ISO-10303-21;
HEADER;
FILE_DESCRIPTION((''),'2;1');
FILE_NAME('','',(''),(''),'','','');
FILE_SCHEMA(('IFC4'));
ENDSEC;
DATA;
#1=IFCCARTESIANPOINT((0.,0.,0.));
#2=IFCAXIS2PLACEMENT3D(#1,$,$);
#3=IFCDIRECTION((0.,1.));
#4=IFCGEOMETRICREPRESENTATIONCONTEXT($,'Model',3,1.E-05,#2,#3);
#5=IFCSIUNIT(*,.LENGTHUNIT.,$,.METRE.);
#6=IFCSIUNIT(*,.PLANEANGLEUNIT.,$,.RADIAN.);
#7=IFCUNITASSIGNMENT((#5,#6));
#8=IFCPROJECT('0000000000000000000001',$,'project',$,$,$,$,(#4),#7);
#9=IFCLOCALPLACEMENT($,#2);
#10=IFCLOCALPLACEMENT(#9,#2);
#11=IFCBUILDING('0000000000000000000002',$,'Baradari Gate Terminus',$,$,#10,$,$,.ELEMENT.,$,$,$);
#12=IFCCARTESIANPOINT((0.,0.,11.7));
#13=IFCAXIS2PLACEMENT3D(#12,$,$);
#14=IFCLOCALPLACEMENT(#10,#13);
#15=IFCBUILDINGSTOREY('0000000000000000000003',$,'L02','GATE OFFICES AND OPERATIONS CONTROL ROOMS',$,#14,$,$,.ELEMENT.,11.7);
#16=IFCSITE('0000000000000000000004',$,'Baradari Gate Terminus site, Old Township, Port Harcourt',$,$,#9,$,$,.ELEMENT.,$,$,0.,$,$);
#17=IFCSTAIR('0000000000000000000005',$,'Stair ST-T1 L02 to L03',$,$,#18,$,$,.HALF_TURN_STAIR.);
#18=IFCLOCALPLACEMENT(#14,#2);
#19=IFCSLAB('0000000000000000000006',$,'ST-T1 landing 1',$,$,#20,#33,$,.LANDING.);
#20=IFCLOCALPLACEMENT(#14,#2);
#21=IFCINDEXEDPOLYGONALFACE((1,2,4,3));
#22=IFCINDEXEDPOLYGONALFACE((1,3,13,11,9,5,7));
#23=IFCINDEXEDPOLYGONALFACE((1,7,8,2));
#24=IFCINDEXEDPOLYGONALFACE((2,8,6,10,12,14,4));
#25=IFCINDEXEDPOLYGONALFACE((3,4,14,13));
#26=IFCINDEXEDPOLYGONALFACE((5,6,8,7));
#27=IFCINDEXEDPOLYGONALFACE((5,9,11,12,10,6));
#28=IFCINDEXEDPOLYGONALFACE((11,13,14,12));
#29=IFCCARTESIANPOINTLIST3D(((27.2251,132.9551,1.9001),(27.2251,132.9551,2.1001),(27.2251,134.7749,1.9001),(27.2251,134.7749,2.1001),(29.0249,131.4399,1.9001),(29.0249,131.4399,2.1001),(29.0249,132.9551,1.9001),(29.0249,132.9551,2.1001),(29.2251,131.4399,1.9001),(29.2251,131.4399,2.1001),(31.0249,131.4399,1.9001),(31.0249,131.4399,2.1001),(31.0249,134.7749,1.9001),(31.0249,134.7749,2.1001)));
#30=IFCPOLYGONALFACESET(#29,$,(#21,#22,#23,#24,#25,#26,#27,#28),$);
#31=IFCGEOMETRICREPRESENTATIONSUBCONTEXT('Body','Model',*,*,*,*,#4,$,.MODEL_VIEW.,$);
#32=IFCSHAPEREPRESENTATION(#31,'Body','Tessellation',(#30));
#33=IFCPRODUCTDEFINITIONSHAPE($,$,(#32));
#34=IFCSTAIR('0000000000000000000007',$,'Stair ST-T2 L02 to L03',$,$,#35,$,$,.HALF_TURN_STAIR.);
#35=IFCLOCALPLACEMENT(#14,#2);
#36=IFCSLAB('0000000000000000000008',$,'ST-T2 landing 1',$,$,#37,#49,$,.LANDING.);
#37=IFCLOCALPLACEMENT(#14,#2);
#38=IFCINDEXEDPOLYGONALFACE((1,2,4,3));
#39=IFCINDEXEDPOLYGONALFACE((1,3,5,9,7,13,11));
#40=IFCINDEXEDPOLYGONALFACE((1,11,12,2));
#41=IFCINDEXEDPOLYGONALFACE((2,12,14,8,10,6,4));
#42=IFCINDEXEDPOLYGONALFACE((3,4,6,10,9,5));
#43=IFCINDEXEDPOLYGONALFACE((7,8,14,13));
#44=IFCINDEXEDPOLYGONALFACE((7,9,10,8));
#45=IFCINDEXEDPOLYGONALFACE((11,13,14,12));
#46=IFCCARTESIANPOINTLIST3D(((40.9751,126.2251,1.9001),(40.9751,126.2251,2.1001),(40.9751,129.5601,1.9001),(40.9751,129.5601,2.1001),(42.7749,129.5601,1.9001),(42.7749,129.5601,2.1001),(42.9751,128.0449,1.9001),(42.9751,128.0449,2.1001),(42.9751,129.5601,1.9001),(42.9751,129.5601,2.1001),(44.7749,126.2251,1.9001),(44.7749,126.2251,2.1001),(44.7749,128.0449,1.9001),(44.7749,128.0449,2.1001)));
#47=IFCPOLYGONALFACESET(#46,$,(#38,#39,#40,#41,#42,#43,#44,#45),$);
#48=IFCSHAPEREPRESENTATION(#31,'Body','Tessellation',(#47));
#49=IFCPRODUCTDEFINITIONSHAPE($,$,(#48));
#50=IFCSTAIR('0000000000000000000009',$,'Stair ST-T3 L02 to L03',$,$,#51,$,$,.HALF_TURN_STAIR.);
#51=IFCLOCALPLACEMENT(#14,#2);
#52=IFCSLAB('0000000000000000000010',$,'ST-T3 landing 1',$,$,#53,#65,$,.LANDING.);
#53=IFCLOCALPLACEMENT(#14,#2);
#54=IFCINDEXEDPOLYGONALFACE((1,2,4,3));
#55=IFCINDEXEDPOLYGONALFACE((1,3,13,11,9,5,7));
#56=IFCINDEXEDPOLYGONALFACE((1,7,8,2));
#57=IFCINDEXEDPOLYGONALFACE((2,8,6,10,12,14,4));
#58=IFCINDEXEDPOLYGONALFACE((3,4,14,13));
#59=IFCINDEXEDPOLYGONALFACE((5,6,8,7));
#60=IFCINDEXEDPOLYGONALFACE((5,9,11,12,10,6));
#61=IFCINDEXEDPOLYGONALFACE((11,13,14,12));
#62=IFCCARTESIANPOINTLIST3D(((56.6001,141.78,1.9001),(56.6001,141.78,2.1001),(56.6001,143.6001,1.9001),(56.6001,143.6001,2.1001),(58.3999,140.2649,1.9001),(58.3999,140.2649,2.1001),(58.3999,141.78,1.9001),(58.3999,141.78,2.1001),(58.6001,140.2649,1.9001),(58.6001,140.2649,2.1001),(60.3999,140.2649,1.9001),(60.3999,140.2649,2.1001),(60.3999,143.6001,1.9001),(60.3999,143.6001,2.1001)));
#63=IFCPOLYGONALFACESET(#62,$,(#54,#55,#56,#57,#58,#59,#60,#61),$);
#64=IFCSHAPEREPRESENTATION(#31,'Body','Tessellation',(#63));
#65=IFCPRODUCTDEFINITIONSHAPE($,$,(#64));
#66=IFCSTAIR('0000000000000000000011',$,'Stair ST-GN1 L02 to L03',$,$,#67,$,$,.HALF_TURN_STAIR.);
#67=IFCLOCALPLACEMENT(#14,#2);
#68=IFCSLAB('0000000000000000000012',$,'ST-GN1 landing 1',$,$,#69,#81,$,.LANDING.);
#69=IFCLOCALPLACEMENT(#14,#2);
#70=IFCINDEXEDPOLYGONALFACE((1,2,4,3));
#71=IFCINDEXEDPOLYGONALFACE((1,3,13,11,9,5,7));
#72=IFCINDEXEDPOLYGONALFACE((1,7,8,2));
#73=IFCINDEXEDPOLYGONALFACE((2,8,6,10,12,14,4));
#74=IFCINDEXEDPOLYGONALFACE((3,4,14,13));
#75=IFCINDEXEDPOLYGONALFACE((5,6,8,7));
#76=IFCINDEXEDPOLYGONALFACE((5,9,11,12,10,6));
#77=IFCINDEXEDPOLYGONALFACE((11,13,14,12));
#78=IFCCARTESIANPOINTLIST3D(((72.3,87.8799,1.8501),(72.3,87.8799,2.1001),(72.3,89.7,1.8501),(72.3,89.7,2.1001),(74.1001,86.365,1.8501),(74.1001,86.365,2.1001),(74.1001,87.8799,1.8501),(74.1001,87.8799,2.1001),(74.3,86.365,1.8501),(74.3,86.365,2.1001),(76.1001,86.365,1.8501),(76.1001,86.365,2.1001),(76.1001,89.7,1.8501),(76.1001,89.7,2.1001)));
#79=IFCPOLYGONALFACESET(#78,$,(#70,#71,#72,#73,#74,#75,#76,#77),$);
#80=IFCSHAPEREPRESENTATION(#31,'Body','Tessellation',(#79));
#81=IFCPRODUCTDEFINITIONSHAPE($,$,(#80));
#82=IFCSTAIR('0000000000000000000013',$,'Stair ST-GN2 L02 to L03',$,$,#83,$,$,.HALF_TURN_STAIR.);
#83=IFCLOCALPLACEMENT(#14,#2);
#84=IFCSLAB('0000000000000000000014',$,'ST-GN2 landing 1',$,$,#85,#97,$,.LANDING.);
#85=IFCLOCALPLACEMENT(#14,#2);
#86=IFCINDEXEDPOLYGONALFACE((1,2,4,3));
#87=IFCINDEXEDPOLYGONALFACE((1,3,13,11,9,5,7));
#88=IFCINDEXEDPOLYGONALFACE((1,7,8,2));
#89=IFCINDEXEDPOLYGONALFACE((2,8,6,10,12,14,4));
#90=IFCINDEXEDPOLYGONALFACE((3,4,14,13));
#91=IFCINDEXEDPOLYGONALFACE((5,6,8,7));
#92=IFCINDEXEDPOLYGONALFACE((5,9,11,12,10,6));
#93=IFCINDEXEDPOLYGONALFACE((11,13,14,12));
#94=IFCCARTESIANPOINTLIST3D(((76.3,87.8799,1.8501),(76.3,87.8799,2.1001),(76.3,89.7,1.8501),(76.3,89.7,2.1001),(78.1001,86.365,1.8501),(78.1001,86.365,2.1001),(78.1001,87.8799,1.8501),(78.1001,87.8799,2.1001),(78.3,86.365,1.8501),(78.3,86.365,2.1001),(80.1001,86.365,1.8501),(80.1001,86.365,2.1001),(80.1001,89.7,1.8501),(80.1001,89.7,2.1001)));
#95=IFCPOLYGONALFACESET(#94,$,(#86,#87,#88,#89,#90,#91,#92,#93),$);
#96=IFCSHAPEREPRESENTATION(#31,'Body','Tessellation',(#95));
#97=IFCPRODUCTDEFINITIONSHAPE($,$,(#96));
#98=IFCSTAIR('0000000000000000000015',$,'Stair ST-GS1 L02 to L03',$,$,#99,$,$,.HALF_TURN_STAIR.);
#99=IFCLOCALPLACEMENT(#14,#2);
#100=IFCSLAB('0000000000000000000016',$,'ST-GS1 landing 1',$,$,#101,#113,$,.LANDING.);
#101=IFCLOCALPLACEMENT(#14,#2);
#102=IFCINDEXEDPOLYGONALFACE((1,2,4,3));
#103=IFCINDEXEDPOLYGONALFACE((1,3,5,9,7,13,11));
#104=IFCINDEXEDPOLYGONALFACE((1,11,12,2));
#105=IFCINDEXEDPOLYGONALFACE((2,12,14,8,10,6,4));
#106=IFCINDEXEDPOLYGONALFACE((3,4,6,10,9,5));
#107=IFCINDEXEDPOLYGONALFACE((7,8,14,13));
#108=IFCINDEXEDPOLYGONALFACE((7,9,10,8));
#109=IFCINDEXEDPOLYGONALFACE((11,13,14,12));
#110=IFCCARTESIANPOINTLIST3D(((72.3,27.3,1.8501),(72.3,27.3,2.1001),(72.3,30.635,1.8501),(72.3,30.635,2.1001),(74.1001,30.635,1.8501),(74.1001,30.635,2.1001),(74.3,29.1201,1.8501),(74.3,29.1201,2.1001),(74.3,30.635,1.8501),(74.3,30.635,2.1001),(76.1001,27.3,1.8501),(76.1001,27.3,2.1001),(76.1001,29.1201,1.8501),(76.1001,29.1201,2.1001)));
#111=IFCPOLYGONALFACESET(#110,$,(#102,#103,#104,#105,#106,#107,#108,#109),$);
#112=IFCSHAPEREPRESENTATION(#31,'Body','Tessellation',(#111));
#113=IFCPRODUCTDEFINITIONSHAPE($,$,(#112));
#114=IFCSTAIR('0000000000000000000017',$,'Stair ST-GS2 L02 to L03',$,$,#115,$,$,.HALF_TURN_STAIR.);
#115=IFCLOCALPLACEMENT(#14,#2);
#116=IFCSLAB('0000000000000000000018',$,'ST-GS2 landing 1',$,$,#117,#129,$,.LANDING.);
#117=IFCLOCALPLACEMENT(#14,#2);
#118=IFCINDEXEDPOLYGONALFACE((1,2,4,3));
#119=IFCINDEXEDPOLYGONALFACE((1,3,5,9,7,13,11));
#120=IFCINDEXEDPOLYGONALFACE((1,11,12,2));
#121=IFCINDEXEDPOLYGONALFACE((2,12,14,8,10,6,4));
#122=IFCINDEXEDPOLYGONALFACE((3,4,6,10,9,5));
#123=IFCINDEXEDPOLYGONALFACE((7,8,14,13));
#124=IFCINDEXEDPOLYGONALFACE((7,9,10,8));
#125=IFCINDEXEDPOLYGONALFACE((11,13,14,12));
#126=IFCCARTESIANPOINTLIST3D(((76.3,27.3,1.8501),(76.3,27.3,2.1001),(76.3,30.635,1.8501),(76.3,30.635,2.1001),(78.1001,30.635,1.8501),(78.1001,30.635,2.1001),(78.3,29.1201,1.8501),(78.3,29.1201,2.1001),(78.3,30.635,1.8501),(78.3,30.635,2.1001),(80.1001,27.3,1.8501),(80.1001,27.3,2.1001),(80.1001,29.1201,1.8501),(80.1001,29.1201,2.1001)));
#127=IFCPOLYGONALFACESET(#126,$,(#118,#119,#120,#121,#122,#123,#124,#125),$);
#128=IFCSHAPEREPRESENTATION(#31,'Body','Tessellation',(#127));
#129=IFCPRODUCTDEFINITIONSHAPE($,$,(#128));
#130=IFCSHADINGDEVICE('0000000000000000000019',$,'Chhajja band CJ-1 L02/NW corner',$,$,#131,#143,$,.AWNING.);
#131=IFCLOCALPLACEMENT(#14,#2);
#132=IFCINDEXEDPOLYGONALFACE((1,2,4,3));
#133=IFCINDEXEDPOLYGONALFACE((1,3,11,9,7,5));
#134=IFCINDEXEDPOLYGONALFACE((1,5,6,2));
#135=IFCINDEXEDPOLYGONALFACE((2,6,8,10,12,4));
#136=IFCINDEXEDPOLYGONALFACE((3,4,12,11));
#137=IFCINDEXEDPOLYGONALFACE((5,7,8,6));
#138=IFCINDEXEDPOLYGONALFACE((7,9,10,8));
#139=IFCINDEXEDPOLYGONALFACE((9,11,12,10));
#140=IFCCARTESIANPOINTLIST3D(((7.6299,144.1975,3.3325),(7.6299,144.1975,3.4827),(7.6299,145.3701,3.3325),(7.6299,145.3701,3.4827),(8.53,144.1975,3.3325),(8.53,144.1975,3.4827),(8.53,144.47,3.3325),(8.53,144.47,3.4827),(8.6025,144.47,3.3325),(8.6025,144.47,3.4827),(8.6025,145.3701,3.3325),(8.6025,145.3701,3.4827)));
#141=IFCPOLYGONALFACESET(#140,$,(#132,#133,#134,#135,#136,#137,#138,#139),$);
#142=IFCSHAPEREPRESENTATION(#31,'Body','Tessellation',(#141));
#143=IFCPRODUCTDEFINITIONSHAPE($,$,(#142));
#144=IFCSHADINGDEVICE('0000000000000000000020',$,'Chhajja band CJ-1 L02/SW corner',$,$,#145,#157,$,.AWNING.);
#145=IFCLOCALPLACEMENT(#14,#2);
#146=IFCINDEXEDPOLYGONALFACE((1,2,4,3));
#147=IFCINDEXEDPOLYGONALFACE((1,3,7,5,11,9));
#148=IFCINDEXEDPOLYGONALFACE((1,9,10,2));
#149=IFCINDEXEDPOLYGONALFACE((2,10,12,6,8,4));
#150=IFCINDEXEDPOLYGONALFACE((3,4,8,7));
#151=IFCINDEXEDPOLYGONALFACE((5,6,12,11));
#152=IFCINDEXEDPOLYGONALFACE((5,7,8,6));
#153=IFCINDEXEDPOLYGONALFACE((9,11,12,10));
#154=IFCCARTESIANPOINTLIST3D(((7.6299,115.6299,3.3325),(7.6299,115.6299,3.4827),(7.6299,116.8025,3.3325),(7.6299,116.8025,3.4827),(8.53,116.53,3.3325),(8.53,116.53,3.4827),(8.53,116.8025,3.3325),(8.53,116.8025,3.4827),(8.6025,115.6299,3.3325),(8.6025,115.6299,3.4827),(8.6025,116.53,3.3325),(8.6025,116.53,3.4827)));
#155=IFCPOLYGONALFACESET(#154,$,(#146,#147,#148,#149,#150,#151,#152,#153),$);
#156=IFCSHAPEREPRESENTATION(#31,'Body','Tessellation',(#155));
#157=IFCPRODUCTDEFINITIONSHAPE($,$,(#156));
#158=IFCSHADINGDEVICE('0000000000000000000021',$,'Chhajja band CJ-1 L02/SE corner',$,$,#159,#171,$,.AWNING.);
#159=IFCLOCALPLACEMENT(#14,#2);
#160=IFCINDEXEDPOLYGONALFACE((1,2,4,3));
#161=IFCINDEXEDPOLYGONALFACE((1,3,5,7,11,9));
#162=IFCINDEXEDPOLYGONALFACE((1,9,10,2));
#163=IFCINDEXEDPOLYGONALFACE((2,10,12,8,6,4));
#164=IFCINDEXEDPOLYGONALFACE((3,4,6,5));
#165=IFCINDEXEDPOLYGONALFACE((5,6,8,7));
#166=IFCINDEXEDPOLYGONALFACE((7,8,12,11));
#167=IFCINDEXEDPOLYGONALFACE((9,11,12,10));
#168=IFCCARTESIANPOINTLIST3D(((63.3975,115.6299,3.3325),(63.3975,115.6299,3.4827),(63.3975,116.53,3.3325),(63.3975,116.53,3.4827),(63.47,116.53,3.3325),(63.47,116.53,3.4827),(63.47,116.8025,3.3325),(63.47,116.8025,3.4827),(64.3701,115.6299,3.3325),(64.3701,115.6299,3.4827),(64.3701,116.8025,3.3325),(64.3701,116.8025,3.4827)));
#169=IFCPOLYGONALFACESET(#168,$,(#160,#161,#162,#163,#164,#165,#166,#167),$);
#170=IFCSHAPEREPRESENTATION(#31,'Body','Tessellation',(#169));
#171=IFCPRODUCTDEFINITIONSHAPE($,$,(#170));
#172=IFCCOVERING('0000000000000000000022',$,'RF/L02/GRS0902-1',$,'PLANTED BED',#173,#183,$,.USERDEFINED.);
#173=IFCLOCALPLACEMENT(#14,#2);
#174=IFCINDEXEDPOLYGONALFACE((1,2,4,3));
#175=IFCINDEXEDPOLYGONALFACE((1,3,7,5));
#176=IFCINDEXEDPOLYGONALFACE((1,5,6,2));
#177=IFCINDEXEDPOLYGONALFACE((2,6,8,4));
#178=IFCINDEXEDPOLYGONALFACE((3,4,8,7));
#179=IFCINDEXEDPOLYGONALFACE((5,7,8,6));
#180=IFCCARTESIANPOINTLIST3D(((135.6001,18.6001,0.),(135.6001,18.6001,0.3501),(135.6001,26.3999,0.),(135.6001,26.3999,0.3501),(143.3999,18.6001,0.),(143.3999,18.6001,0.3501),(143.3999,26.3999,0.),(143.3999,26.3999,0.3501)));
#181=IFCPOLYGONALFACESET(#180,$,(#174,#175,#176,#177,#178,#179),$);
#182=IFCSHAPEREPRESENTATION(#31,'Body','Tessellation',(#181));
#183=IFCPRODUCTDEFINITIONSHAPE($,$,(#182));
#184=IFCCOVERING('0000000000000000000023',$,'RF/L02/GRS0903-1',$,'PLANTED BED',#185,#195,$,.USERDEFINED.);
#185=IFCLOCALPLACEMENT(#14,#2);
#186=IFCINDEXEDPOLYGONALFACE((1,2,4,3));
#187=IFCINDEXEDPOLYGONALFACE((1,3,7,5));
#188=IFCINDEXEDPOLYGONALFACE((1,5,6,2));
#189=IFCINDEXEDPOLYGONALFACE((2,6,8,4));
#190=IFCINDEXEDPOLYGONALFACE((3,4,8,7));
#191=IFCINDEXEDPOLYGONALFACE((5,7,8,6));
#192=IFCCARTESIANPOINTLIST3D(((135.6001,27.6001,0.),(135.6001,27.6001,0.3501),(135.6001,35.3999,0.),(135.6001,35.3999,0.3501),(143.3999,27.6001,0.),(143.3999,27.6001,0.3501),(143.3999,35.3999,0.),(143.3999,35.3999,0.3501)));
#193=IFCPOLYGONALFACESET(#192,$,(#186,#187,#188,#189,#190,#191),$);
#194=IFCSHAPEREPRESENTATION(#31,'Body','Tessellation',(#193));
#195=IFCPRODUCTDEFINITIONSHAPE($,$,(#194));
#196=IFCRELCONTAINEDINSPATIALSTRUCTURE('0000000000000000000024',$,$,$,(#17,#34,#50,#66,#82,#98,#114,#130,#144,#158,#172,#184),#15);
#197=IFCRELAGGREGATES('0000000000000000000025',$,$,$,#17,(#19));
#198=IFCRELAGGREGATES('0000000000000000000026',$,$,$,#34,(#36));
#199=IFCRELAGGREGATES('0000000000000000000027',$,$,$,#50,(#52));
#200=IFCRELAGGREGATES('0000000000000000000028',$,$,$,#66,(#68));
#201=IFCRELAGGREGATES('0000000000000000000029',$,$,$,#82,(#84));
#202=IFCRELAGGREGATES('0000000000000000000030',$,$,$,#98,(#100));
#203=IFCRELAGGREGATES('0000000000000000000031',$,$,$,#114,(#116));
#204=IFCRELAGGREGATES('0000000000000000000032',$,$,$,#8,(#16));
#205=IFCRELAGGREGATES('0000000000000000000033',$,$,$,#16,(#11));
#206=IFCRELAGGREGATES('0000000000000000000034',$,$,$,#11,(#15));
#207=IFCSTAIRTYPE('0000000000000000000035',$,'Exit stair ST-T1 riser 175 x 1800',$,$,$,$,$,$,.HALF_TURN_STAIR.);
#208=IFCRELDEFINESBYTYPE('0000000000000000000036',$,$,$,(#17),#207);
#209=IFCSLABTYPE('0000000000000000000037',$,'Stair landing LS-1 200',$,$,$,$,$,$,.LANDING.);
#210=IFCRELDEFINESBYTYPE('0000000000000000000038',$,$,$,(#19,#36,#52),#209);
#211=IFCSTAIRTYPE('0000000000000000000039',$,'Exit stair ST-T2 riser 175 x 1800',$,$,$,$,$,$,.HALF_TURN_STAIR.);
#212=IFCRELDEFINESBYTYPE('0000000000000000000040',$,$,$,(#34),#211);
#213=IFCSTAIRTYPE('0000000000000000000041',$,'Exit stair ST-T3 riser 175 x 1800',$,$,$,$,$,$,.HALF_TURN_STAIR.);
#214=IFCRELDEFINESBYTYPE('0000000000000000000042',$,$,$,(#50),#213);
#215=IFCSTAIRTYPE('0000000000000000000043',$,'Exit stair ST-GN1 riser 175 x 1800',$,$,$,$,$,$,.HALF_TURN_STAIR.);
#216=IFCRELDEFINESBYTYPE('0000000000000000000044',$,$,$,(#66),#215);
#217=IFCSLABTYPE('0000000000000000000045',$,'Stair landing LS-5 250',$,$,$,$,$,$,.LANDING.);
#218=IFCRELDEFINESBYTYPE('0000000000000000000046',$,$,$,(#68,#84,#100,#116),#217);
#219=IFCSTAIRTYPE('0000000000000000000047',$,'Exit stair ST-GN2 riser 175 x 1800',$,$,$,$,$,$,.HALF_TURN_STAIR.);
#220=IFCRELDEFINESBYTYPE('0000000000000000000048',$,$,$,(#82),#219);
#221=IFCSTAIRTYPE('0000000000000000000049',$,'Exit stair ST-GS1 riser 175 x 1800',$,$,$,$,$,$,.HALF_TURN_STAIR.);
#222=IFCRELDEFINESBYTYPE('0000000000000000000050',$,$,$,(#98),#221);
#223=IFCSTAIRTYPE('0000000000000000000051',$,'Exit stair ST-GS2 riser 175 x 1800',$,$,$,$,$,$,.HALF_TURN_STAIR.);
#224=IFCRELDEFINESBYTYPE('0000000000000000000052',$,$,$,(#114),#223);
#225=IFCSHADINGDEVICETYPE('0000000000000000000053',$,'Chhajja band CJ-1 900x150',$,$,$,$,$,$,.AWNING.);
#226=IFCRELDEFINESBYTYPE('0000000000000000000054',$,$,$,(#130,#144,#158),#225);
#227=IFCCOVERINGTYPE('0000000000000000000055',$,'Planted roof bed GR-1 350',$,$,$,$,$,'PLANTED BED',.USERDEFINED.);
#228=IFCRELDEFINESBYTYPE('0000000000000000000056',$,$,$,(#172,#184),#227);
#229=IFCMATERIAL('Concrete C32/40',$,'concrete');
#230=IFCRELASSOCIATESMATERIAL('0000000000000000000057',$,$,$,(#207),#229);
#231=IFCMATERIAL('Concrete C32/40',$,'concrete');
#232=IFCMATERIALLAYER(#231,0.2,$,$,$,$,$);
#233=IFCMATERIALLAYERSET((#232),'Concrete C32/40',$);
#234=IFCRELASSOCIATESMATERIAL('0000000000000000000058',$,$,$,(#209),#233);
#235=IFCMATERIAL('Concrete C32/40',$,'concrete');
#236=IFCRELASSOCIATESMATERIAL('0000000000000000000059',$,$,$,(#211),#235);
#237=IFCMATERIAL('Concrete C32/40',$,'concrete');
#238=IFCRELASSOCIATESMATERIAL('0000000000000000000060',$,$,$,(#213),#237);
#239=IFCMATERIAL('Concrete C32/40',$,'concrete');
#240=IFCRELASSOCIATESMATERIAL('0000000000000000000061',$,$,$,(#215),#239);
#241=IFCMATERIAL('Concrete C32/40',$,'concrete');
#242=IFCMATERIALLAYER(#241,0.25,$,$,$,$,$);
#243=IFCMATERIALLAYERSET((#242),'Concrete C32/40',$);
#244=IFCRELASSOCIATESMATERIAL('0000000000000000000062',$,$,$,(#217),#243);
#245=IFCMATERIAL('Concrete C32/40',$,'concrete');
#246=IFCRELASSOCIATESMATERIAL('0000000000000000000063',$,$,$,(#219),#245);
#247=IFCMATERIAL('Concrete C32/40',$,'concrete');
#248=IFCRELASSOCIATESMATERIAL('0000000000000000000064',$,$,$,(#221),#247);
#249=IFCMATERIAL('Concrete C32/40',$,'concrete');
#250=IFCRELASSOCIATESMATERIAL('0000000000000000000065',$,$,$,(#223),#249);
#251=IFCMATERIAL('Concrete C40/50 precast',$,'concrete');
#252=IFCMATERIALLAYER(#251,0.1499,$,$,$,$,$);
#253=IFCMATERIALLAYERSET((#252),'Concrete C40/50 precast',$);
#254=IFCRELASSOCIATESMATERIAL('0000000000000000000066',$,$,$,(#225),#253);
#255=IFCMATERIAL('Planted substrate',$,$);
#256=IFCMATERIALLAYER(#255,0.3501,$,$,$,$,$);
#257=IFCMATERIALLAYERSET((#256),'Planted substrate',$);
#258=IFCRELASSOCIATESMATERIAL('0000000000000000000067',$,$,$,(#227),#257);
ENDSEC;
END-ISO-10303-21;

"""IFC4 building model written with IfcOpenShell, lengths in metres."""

from ifc_helpers import new_model, si_unit, direction, frame, origin, place, context, subcontext, project, spatial, polyline, outline, extrude, material, layer, layer_set, type_object, element, aggregate, save


model = new_model("IFC4")

# Units and contexts
model_context = context("Model", 3, precision=1e-05, world=origin(), true_north=direction((0.0, 1.0)))
body_context = subcontext(model_context, "Body", "Model", "MODEL_VIEW")
ifc_project = project(units=[si_unit("LENGTHUNIT", "METRE"), si_unit("PLANEANGLEUNIT", "RADIAN")], contexts=[model_context])

# Site, building, storey
site_placement = place(None, origin())
site = spatial("IfcSite", under=ifc_project, at=site_placement, Name="Baradari Gate Terminus site, Old Township, Port Harcourt", CompositionType="ELEMENT", RefElevation=0.0)
building_placement = place(site_placement, origin())
building = spatial("IfcBuilding", under=site, at=building_placement, Name="Baradari Gate Terminus", CompositionType="ELEMENT")
storey_placement = place(building_placement, frame((0.0, 0.0, 11.7)))
storey = spatial("IfcBuildingStorey", under=building, at=storey_placement, Name="L02", Description="GATE OFFICES AND OPERATIONS CONTROL ROOMS", CompositionType="ELEMENT", Elevation=11.7)

# Stairs, slabs
ifc_material_1 = material(Name="Concrete C32/40", Category="concrete")
stair_type_1 = type_object("IfcStairType", Name="Exit stair ST-T1 riser 175 x 1800", PredefinedType="HALF_TURN_STAIR", material=ifc_material_1)
stair_1_placement = place(storey_placement, origin())
stair_1 = element("IfcStair", 1, at=stair_1_placement, inside=storey, type_object=stair_type_1, Name="Stair ST-T1 L02 to L03", PredefinedType="HALF_TURN_STAIR")
ifc_material_2 = material(Name="Concrete C32/40", Category="concrete")
ifc_layer_1 = layer(ifc_material_2, 0.2)
ifc_layer_set_1 = layer_set([ifc_layer_1], Name="Concrete C32/40")
slab_type_1 = type_object("IfcSlabType", Name="Stair landing LS-1 200", PredefinedType="LANDING", material=ifc_layer_set_1)
slab_1_placement = place(storey_placement, frame((0.0, 0.0, 1.9001)))
slab_1 = element("IfcSlab", 2, at=slab_1_placement, type_object=slab_type_1, Name="ST-T1 landing 1", PredefinedType="LANDING", context=body_context, shape_type="SweptSolid", body=[
    extrude(outline(polyline([(27.2251, 134.7749), (27.2251, 132.9551), (29.0249, 132.9551), (29.0249, 131.4399), (29.2251, 131.4399), (31.0249, 131.4399), (31.0249, 134.7749), (27.2251, 134.7749)])), origin(), (0.0, 0.0, 1.0), 0.2),
])
aggregate(stair_1, [slab_1])
ifc_material_3 = material(Name="Concrete C32/40", Category="concrete")
stair_type_2 = type_object("IfcStairType", Name="Exit stair ST-T2 riser 175 x 1800", PredefinedType="HALF_TURN_STAIR", material=ifc_material_3)
stair_2_placement = place(storey_placement, origin())
stair_2 = element("IfcStair", 3, at=stair_2_placement, inside=storey, type_object=stair_type_2, Name="Stair ST-T2 L02 to L03", PredefinedType="HALF_TURN_STAIR")
slab_2_placement = place(storey_placement, frame((0.0, 0.0, 1.9001)))
slab_2 = element("IfcSlab", 4, at=slab_2_placement, type_object=slab_type_1, Name="ST-T2 landing 1", PredefinedType="LANDING", context=body_context, shape_type="SweptSolid", body=[
    extrude(outline(polyline([(44.7749, 126.2251), (44.7749, 128.0449), (42.9751, 128.0449), (42.9751, 129.5601), (42.7749, 129.5601), (40.9751, 129.5601), (40.9751, 126.2251), (44.7749, 126.2251)])), origin(), (0.0, 0.0, 1.0), 0.2),
])
aggregate(stair_2, [slab_2])
ifc_material_4 = material(Name="Concrete C32/40", Category="concrete")
stair_type_3 = type_object("IfcStairType", Name="Exit stair ST-T3 riser 175 x 1800", PredefinedType="HALF_TURN_STAIR", material=ifc_material_4)
stair_3_placement = place(storey_placement, origin())
stair_3 = element("IfcStair", 5, at=stair_3_placement, inside=storey, type_object=stair_type_3, Name="Stair ST-T3 L02 to L03", PredefinedType="HALF_TURN_STAIR")
slab_3_placement = place(storey_placement, frame((0.0, 0.0, 1.9001)))
slab_3 = element("IfcSlab", 6, at=slab_3_placement, type_object=slab_type_1, Name="ST-T3 landing 1", PredefinedType="LANDING", context=body_context, shape_type="SweptSolid", body=[
    extrude(outline(polyline([(56.6001, 143.6001), (56.6001, 141.78), (58.3999, 141.78), (58.3999, 140.2649), (58.6001, 140.2649), (60.3999, 140.2649), (60.3999, 143.6001), (56.6001, 143.6001)])), origin(), (0.0, 0.0, 1.0), 0.2),
])
aggregate(stair_3, [slab_3])
ifc_material_5 = material(Name="Concrete C32/40", Category="concrete")
stair_type_4 = type_object("IfcStairType", Name="Exit stair ST-GN1 riser 175 x 1800", PredefinedType="HALF_TURN_STAIR", material=ifc_material_5)
stair_4_placement = place(storey_placement, origin())
stair_4 = element("IfcStair", 7, at=stair_4_placement, inside=storey, type_object=stair_type_4, Name="Stair ST-GN1 L02 to L03", PredefinedType="HALF_TURN_STAIR")
ifc_material_6 = material(Name="Concrete C32/40", Category="concrete")
ifc_layer_2 = layer(ifc_material_6, 0.25)
ifc_layer_set_2 = layer_set([ifc_layer_2], Name="Concrete C32/40")
slab_type_2 = type_object("IfcSlabType", Name="Stair landing LS-5 250", PredefinedType="LANDING", material=ifc_layer_set_2)
slab_4_placement = place(storey_placement, frame((0.0, 0.0, 1.8501)))
slab_4 = element("IfcSlab", 8, at=slab_4_placement, type_object=slab_type_2, Name="ST-GN1 landing 1", PredefinedType="LANDING", context=body_context, shape_type="SweptSolid", body=[
    extrude(outline(polyline([(72.3, 89.7), (72.3, 87.8799), (74.1001, 87.8799), (74.1001, 86.365), (74.3, 86.365), (76.1001, 86.365), (76.1001, 89.7), (72.3, 89.7)])), origin(), (0.0, 0.0, 1.0), 0.25),
])
aggregate(stair_4, [slab_4])
ifc_material_7 = material(Name="Concrete C32/40", Category="concrete")
stair_type_5 = type_object("IfcStairType", Name="Exit stair ST-GN2 riser 175 x 1800", PredefinedType="HALF_TURN_STAIR", material=ifc_material_7)
stair_5_placement = place(storey_placement, origin())
stair_5 = element("IfcStair", 9, at=stair_5_placement, inside=storey, type_object=stair_type_5, Name="Stair ST-GN2 L02 to L03", PredefinedType="HALF_TURN_STAIR")
slab_5_placement = place(storey_placement, frame((0.0, 0.0, 1.8501)))
slab_5 = element("IfcSlab", 10, at=slab_5_placement, type_object=slab_type_2, Name="ST-GN2 landing 1", PredefinedType="LANDING", context=body_context, shape_type="SweptSolid", body=[
    extrude(outline(polyline([(76.3, 89.7), (76.3, 87.8799), (78.1001, 87.8799), (78.1001, 86.365), (78.3, 86.365), (80.1001, 86.365), (80.1001, 89.7), (76.3, 89.7)])), origin(), (0.0, 0.0, 1.0), 0.25),
])
aggregate(stair_5, [slab_5])
ifc_material_8 = material(Name="Concrete C32/40", Category="concrete")
stair_type_6 = type_object("IfcStairType", Name="Exit stair ST-GS1 riser 175 x 1800", PredefinedType="HALF_TURN_STAIR", material=ifc_material_8)
stair_6_placement = place(storey_placement, origin())
stair_6 = element("IfcStair", 11, at=stair_6_placement, inside=storey, type_object=stair_type_6, Name="Stair ST-GS1 L02 to L03", PredefinedType="HALF_TURN_STAIR")
slab_6_placement = place(storey_placement, frame((0.0, 0.0, 1.8501)))
slab_6 = element("IfcSlab", 12, at=slab_6_placement, type_object=slab_type_2, Name="ST-GS1 landing 1", PredefinedType="LANDING", context=body_context, shape_type="SweptSolid", body=[
    extrude(outline(polyline([(76.1001, 27.3), (76.1001, 29.1201), (74.3, 29.1201), (74.3, 30.635), (74.1001, 30.635), (72.3, 30.635), (72.3, 27.3), (76.1001, 27.3)])), origin(), (0.0, 0.0, 1.0), 0.25),
])
aggregate(stair_6, [slab_6])
ifc_material_9 = material(Name="Concrete C32/40", Category="concrete")
stair_type_7 = type_object("IfcStairType", Name="Exit stair ST-GS2 riser 175 x 1800", PredefinedType="HALF_TURN_STAIR", material=ifc_material_9)
stair_7_placement = place(storey_placement, origin())
stair_7 = element("IfcStair", 13, at=stair_7_placement, inside=storey, type_object=stair_type_7, Name="Stair ST-GS2 L02 to L03", PredefinedType="HALF_TURN_STAIR")
slab_7_placement = place(storey_placement, frame((0.0, 0.0, 1.8501)))
slab_7 = element("IfcSlab", 14, at=slab_7_placement, type_object=slab_type_2, Name="ST-GS2 landing 1", PredefinedType="LANDING", context=body_context, shape_type="SweptSolid", body=[
    extrude(outline(polyline([(80.1001, 27.3), (80.1001, 29.1201), (78.3, 29.1201), (78.3, 30.635), (78.1001, 30.635), (76.3, 30.635), (76.3, 27.3), (80.1001, 27.3)])), origin(), (0.0, 0.0, 1.0), 0.25),
])
aggregate(stair_7, [slab_7])

# Shading devices
ifc_material_10 = material(Name="Concrete C40/50 precast", Category="concrete")
ifc_layer_3 = layer(ifc_material_10, 0.1499)
ifc_layer_set_3 = layer_set([ifc_layer_3], Name="Concrete C40/50 precast")
shading_device_type = type_object("IfcShadingDeviceType", Name="Chhajja band CJ-1 900x150", PredefinedType="AWNING", material=ifc_layer_set_3)
shading_device_1_placement = place(storey_placement, frame((0.0, 0.0, 3.3325)))
element("IfcShadingDevice", 15, at=shading_device_1_placement, inside=storey, type_object=shading_device_type, Name="Chhajja band CJ-1 L02/NW corner", PredefinedType="AWNING", context=body_context, shape_type="SweptSolid", body=[
    extrude(outline(polyline([(7.6299, 144.1975), (8.53, 144.1975), (8.53, 144.47), (8.6025, 144.47), (8.6025, 145.3701), (7.6299, 145.3701), (7.6299, 144.1975)])), origin(), (0.0, 0.0, 1.0), 0.1501),
])
shading_device_2_placement = place(storey_placement, frame((0.0, 0.0, 3.3325)))
element("IfcShadingDevice", 16, at=shading_device_2_placement, inside=storey, type_object=shading_device_type, Name="Chhajja band CJ-1 L02/SW corner", PredefinedType="AWNING", context=body_context, shape_type="SweptSolid", body=[
    extrude(outline(polyline([(7.6299, 116.8025), (8.53, 116.8025), (8.53, 116.53), (8.6025, 116.53), (8.6025, 115.6299), (7.6299, 115.6299), (7.6299, 116.8025)])), origin(), (0.0, 0.0, 1.0), 0.1501),
])
shading_device_3_placement = place(storey_placement, frame((0.0, 0.0, 3.3325)))
element("IfcShadingDevice", 17, at=shading_device_3_placement, inside=storey, type_object=shading_device_type, Name="Chhajja band CJ-1 L02/SE corner", PredefinedType="AWNING", context=body_context, shape_type="SweptSolid", body=[
    extrude(outline(polyline([(64.3701, 116.8025), (63.47, 116.8025), (63.47, 116.53), (63.3975, 116.53), (63.3975, 115.6299), (64.3701, 115.6299), (64.3701, 116.8025)])), origin(), (0.0, 0.0, 1.0), 0.1501),
])

# Coverings
ifc_material_11 = material(Name="Planted substrate")
ifc_layer_4 = layer(ifc_material_11, 0.3501)
ifc_layer_set_4 = layer_set([ifc_layer_4], Name="Planted substrate")
covering_type_1 = type_object("IfcCoveringType", Name="Planted roof bed GR-1 350", ElementType="PLANTED BED", PredefinedType="USERDEFINED", material=ifc_layer_set_4)
covering_1_placement = place(storey_placement, origin())
element("IfcCovering", 18, at=covering_1_placement, inside=storey, type_object=covering_type_1, Name="RF/L02/GRS0902-1", ObjectType="PLANTED BED", PredefinedType="USERDEFINED", context=body_context, shape_type="SweptSolid", body=[
    extrude(outline(polyline([(135.6001, 26.3999), (143.3999, 26.3999), (143.3999, 18.6001), (135.6001, 18.6001), (135.6001, 26.3999)])), origin(), (0.0, 0.0, 1.0), 0.3501),
])
covering_2_placement = place(storey_placement, origin())
element("IfcCovering", 19, at=covering_2_placement, inside=storey, type_object=covering_type_1, Name="RF/L02/GRS0903-1", ObjectType="PLANTED BED", PredefinedType="USERDEFINED", context=body_context, shape_type="SweptSolid", body=[
    extrude(outline(polyline([(135.6001, 35.3999), (143.3999, 35.3999), (143.3999, 27.6001), (135.6001, 27.6001), (135.6001, 35.3999)])), origin(), (0.0, 0.0, 1.0), 0.3501),
])

save(model, "model.ifc")
